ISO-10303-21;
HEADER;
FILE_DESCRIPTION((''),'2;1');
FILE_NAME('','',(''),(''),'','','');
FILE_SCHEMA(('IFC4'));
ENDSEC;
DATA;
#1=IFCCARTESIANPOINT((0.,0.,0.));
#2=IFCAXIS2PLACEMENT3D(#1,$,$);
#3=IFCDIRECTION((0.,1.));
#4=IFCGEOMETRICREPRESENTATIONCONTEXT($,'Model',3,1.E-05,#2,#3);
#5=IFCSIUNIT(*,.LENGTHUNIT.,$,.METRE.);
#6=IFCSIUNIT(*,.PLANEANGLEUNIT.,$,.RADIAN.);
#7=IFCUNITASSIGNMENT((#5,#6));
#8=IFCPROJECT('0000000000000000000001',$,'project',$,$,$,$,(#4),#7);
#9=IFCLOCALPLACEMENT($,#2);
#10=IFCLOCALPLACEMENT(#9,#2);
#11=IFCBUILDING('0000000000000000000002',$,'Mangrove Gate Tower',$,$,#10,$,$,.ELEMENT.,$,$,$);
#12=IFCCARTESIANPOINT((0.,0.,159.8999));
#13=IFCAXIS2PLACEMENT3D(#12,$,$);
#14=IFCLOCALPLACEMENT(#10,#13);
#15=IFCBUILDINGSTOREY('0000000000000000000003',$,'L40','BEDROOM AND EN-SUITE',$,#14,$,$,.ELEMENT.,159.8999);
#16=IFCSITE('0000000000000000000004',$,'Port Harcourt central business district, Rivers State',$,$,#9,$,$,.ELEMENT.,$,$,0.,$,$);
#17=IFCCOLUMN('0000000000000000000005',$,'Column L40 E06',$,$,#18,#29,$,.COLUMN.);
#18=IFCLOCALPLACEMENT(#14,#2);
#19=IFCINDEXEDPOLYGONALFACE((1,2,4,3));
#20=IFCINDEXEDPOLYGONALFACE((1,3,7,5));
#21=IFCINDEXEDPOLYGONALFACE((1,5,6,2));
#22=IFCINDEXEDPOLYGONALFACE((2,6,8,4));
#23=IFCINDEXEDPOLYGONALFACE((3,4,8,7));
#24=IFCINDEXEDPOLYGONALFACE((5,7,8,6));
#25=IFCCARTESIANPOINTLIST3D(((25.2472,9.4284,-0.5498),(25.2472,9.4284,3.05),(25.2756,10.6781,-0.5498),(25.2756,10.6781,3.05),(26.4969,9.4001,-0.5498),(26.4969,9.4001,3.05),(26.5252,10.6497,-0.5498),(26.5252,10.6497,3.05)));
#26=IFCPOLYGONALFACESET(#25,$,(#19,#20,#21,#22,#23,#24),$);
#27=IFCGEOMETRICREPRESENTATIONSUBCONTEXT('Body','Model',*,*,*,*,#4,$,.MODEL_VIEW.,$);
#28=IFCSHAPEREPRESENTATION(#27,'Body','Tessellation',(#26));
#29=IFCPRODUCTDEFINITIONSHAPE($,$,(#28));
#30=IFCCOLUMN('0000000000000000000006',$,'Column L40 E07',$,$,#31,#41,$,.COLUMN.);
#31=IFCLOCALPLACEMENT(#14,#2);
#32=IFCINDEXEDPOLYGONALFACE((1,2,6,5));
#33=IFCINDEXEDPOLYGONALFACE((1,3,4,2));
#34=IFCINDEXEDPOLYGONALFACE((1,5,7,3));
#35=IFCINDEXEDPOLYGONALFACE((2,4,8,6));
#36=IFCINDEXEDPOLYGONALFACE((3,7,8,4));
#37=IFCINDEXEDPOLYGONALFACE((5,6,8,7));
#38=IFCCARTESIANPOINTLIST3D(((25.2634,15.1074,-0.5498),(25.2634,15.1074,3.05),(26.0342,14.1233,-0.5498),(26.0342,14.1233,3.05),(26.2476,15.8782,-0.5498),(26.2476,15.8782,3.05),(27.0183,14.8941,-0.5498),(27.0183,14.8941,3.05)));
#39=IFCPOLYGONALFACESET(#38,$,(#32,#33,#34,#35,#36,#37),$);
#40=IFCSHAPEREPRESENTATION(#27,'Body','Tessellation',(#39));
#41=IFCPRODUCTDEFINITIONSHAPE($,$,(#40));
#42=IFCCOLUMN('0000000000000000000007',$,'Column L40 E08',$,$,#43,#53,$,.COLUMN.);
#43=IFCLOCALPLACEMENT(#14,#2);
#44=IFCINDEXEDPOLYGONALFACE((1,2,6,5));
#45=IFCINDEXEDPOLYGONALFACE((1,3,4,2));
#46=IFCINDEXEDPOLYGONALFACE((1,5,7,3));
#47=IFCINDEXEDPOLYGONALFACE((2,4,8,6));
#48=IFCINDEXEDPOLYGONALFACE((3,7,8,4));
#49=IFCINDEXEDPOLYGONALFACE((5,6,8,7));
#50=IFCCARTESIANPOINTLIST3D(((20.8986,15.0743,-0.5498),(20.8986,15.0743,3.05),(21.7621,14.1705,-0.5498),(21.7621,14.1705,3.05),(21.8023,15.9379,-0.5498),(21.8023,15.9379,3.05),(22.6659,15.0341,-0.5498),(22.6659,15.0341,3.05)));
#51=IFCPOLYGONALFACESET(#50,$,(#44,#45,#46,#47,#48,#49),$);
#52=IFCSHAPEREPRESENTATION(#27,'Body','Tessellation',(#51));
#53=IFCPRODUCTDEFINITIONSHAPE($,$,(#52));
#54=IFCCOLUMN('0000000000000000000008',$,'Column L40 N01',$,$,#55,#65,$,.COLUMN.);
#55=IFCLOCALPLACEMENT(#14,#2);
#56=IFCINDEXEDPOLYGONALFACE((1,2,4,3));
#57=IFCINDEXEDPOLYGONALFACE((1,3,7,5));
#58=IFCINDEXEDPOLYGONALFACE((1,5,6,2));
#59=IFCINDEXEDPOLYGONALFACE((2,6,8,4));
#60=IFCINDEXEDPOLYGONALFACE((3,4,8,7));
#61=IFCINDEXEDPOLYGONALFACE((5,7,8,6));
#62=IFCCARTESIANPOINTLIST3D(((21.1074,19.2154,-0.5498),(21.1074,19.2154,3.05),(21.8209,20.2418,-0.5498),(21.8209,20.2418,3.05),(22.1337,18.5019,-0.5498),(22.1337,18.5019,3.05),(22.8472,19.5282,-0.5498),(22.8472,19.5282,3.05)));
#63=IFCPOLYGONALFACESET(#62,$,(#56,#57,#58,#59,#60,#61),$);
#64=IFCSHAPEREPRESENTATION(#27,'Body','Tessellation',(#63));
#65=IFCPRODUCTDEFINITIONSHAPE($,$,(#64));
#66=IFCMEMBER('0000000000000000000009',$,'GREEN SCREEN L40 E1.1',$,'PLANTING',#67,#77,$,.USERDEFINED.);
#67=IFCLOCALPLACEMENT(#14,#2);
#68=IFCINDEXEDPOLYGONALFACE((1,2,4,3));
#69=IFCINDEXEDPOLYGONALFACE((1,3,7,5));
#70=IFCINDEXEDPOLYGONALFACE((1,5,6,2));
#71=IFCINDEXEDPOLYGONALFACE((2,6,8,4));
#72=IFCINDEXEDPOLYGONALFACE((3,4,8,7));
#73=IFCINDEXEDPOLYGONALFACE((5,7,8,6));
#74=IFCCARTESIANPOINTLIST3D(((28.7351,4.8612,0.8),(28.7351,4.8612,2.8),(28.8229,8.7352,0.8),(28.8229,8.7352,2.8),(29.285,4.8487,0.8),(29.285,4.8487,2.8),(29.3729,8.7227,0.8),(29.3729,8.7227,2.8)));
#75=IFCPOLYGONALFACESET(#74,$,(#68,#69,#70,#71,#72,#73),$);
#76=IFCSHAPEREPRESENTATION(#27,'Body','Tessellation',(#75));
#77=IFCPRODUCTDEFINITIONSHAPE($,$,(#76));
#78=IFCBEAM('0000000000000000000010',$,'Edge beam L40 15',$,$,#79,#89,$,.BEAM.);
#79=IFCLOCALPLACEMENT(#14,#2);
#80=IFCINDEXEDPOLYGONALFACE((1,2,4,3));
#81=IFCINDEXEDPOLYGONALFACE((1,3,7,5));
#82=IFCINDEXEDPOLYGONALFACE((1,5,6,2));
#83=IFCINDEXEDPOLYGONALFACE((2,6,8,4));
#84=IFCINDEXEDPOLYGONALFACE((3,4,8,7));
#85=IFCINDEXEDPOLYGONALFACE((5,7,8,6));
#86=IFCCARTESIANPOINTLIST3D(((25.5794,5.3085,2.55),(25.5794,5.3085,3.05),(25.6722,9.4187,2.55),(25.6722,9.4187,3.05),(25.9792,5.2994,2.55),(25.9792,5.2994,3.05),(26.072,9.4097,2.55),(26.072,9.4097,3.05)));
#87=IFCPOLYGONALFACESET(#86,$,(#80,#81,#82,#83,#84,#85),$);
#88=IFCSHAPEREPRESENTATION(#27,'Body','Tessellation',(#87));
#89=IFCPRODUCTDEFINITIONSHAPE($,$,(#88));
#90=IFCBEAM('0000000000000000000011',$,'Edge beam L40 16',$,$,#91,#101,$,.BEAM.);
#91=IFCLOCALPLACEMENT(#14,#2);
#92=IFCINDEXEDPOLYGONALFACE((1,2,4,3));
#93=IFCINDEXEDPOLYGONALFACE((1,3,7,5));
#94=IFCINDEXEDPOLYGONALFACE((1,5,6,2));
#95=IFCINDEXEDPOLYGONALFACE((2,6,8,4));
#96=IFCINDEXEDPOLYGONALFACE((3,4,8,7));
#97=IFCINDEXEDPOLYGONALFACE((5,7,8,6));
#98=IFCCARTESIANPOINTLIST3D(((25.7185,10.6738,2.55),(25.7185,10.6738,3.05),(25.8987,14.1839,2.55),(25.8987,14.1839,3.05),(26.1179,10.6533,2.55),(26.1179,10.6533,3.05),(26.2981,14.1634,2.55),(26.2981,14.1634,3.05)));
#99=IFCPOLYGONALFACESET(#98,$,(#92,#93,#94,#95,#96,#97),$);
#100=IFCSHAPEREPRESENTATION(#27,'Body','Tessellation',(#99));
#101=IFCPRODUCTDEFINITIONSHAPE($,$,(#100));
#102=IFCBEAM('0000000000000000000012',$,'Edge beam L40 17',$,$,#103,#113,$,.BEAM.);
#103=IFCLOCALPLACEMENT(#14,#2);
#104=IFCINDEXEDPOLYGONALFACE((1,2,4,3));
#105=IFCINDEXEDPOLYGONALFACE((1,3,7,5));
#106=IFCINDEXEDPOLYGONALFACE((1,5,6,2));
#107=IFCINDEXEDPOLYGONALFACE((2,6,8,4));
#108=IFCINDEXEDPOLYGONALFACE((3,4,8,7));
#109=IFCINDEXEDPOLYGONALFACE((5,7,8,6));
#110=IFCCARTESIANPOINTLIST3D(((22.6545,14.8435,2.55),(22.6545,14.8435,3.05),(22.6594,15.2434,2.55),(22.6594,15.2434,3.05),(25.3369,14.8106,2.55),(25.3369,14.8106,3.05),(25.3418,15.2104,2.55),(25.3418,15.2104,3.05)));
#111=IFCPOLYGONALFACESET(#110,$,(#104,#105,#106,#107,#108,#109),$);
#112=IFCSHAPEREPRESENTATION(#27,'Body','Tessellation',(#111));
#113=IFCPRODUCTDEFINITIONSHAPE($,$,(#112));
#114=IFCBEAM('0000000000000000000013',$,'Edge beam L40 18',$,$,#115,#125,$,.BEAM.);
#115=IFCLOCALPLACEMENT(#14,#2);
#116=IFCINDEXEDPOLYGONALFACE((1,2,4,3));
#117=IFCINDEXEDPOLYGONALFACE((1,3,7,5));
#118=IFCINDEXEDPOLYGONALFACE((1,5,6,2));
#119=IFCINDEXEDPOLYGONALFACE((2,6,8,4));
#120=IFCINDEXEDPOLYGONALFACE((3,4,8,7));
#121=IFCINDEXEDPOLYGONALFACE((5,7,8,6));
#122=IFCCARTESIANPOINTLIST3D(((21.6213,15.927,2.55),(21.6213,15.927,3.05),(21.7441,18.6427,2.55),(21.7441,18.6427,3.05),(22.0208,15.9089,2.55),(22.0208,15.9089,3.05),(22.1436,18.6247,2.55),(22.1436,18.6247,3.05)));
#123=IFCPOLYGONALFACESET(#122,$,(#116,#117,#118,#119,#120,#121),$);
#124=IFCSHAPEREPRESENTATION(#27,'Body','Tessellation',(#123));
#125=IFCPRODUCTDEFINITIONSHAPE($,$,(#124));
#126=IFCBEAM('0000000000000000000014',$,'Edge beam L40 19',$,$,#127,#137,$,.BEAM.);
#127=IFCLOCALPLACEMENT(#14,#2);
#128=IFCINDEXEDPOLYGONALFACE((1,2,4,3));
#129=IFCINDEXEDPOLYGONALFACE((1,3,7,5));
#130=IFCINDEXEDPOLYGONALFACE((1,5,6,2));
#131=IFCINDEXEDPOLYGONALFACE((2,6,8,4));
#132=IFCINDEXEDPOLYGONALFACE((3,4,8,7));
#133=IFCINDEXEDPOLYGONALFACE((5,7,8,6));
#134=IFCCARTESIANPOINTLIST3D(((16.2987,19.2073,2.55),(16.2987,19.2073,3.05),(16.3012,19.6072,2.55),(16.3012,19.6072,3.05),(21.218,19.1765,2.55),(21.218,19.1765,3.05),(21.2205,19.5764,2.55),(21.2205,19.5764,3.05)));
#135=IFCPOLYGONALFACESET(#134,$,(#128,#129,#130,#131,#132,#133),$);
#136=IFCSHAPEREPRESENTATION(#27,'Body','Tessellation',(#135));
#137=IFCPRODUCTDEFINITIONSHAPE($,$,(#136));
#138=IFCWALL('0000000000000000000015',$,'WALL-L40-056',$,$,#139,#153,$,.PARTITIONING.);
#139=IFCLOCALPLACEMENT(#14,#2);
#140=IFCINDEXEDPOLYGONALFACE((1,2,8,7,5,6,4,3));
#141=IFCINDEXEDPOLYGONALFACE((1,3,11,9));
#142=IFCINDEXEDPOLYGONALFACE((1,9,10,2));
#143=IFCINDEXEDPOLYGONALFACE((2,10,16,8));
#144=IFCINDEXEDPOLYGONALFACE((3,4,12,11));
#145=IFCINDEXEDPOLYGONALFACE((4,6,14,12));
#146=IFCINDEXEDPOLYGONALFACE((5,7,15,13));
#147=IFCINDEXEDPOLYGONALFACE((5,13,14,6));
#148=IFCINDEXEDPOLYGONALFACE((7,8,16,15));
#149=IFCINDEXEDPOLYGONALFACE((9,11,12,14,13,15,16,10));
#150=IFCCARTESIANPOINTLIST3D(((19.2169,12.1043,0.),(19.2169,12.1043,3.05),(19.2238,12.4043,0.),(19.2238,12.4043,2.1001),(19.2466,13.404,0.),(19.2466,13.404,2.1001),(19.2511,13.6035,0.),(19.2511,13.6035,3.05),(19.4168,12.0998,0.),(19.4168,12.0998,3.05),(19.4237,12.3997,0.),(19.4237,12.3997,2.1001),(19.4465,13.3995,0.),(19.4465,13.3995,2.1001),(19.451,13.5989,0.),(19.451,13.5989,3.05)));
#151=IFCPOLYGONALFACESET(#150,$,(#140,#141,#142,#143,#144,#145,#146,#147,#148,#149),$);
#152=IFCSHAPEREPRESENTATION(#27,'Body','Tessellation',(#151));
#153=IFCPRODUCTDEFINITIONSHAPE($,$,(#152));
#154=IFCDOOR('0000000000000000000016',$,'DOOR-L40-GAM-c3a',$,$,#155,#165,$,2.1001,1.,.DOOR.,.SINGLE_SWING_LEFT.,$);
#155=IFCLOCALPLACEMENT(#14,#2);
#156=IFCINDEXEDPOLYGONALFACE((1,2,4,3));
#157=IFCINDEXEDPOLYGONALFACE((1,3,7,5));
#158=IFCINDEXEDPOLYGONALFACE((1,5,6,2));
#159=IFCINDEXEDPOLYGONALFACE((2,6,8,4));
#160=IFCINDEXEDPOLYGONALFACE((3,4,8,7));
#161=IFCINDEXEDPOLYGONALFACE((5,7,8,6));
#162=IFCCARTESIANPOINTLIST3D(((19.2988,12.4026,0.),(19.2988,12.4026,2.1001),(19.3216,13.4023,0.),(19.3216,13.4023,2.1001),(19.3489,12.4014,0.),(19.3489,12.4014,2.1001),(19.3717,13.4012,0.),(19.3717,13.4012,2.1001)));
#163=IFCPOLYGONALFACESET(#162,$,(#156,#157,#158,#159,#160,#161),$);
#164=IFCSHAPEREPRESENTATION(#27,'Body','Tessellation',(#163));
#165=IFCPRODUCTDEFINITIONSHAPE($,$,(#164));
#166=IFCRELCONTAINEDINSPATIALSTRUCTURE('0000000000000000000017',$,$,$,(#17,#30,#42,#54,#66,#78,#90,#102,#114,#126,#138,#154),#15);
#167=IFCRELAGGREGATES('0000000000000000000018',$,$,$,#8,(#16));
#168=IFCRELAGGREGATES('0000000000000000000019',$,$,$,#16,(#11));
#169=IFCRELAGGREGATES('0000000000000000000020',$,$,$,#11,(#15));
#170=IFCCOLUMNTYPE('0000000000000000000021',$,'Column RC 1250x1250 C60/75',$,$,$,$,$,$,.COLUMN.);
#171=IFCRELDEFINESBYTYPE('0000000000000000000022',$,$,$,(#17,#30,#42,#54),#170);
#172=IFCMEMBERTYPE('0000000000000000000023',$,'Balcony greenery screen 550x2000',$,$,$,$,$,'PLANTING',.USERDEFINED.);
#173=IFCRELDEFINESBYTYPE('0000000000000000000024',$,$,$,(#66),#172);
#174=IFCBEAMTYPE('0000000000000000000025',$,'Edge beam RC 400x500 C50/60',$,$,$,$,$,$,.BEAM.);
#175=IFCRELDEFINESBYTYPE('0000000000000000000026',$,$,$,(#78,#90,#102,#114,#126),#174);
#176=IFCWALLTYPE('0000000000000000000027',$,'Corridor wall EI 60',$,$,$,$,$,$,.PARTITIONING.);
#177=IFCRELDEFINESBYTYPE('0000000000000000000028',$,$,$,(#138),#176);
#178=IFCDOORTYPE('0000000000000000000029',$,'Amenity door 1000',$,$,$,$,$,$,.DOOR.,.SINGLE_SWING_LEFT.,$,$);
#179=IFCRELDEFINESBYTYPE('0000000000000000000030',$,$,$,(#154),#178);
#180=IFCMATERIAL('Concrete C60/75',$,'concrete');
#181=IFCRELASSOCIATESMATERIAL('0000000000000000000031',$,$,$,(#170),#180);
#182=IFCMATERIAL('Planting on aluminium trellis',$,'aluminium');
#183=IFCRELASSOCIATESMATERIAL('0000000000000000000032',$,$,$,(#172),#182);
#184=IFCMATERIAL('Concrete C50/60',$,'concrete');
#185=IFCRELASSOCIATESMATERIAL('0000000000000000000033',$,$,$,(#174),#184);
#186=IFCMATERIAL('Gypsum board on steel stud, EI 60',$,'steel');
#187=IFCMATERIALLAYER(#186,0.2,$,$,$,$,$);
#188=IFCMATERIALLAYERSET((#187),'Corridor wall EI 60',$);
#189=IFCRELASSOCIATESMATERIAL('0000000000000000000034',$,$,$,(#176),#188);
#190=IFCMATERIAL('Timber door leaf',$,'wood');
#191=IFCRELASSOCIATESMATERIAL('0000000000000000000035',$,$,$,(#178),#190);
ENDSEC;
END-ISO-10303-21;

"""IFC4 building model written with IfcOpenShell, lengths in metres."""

from ifc_helpers import new_model, si_unit, direction, frame, frame_2d, origin, origin_2d, place, context, subcontext, project, spatial, rectangle, extrude, material, layer, layer_set, material_profile, profile_set, type_object, element, fill, save


model = new_model("IFC4")

# Units and contexts
model_context = context("Model", 3, precision=1e-05, world=origin(), true_north=direction((0.0, 1.0)))
body_context = subcontext(model_context, "Body", "Model", "MODEL_VIEW")
ifc_project = project(units=[si_unit("LENGTHUNIT", "METRE"), si_unit("PLANEANGLEUNIT", "RADIAN")], contexts=[model_context])

# Site, building, storey
site_placement = place(None, origin())
site = spatial("IfcSite", under=ifc_project, at=site_placement, Name="Port Harcourt central business district, Rivers State", CompositionType="ELEMENT", RefElevation=0.0)
building_placement = place(site_placement, origin())
building = spatial("IfcBuilding", under=site, at=building_placement, Name="Mangrove Gate Tower", CompositionType="ELEMENT")
storey_placement = place(building_placement, frame((0.0, 0.0, 159.8999)))
storey = spatial("IfcBuildingStorey", under=building, at=storey_placement, Name="L40", Description="BEDROOM AND EN-SUITE", CompositionType="ELEMENT", Elevation=159.8999)

# Columns
ifc_material_1 = material(Name="Concrete C60/75", Category="concrete")
ifc_material_profile_1 = material_profile(ifc_material_1, rectangle(XDim=1.25, YDim=1.25, at=origin_2d()))
ifc_profile_set_1 = profile_set([ifc_material_profile_1], Name="Concrete C60/75")
column_type = type_object("IfcColumnType", Name="Column RC 1250x1250 C60/75", PredefinedType="COLUMN", material=ifc_profile_set_1)
for number, where, z_axis, x_axis, name in (
    (1, (25.8862, 10.0391, -0.5498), (0.0, 0.0, 1.0), (0.02266, 0.999743, 0.0), "Column L40 E06"),
    (2, (26.1409, 15.0007, -0.5498), (0.0, 0.0, 1.0), (-0.616592, 0.787283, 0.0), "Column L40 E07"),
    (3, (21.7822, 15.0542, -0.5498), (0.0, 0.0, 1.0), (-0.690854, 0.722994, 0.0), "Column L40 E08"),
    (4, (21.9773, 19.3718, -0.5498), (0.0, 0.0, 1.0), (-0.821084, 0.570807, 0.0), "Column L40 N01"),
):
    element("IfcColumn", number, at=place(storey_placement, frame(where, z_axis=z_axis, x_axis=x_axis)), inside=storey, type_object=column_type, Name=name, PredefinedType="COLUMN", context=body_context, shape_type="SweptSolid", body=[
        extrude(rectangle(XDim=1.25, YDim=1.25, at=origin_2d()), origin(), (0.0, 0.0, 1.0), 3.5999),
    ])

# Member
ifc_material_2 = material(Name="Planting on aluminium trellis", Category="aluminium")
ifc_material_profile_2 = material_profile(ifc_material_2, rectangle(XDim=0.55, YDim=2.0, at=origin_2d()))
ifc_profile_set_2 = profile_set([ifc_material_profile_2], Name="Planting on aluminium trellis")
member_type = type_object("IfcMemberType", Name="Balcony greenery screen 550x2000", ElementType="PLANTING", PredefinedType="USERDEFINED", material=ifc_profile_set_2)
member_placement = place(storey_placement, frame((29.01, 4.855, 1.8), z_axis=(0.022681, 0.999743, 0.0), x_axis=(-0.999743, 0.022681, 0.0)))
element("IfcMember", 5, at=member_placement, inside=storey, type_object=member_type, Name="GREEN SCREEN L40 E1.1", ObjectType="PLANTING", PredefinedType="USERDEFINED", context=body_context, shape_type="SweptSolid", body=[
    extrude(rectangle(XDim=0.55, YDim=2.0, at=origin_2d()), origin(), (0.0, 0.0, 1.0), 3.875),
])

# Beams
ifc_material_3 = material(Name="Concrete C50/60", Category="concrete")
ifc_material_profile_3 = material_profile(ifc_material_3, rectangle(XDim=0.3999, YDim=0.5, at=origin_2d()))
ifc_profile_set_3 = profile_set([ifc_material_profile_3], Name="Concrete C50/60")
beam_type = type_object("IfcBeamType", Name="Edge beam RC 400x500 C50/60", PredefinedType="BEAM", material=ifc_profile_set_3)
beam_1_placement = place(storey_placement, frame((25.7793, 5.304, 2.8), z_axis=(0.022565, 0.999745, 0.0), x_axis=(-0.999745, 0.022565, 0.0)))
element("IfcBeam", 6, at=beam_1_placement, inside=storey, type_object=beam_type, Name="Edge beam L40 15", PredefinedType="BEAM", context=body_context, shape_type="SweptSolid", body=[
    extrude(rectangle(XDim=0.3999, YDim=0.5, at=origin_2d()), origin(), (0.0, 0.0, 1.0), 4.1113),
])
beam_2_placement = place(storey_placement, frame((25.9182, 10.6636, 2.8), z_axis=(0.051264, 0.998685, 0.0), x_axis=(-0.998685, 0.051264, 0.0)))
element("IfcBeam", 7, at=beam_2_placement, inside=storey, type_object=beam_type, Name="Edge beam L40 16", PredefinedType="BEAM", context=body_context, shape_type="SweptSolid", body=[
    extrude(rectangle(XDim=0.3999, YDim=0.5, at=origin_2d()), origin(), (0.0, 0.0, 1.0), 3.5146),
])
beam_3_placement = place(storey_placement, frame((25.3394, 15.0105, 2.8), z_axis=(-0.999925, 0.012286, 0.0), x_axis=(-0.012286, -0.999925, 0.0)))
element("IfcBeam", 8, at=beam_3_placement, inside=storey, type_object=beam_type, Name="Edge beam L40 17", PredefinedType="BEAM", context=body_context, shape_type="SweptSolid", body=[
    extrude(rectangle(XDim=0.3999, YDim=0.5, at=origin_2d()), origin(), (0.0, 0.0, 1.0), 2.6826),
])
beam_4_placement = place(storey_placement, frame((21.821, 15.918, 2.8), z_axis=(0.045171, 0.998979, 0.0), x_axis=(-0.998979, 0.045171, 0.0)))
element("IfcBeam", 9, at=beam_4_placement, inside=storey, type_object=beam_type, Name="Edge beam L40 18", PredefinedType="BEAM", context=body_context, shape_type="SweptSolid", body=[
    extrude(rectangle(XDim=0.3999, YDim=0.5, at=origin_2d()), origin(), (0.0, 0.0, 1.0), 2.7185),
])
beam_5_placement = place(storey_placement, frame((21.2192, 19.3765, 2.8), z_axis=(-0.99998, 0.006253, 0.0), x_axis=(-0.006253, -0.99998, 0.0)))
element("IfcBeam", 10, at=beam_5_placement, inside=storey, type_object=beam_type, Name="Edge beam L40 19", PredefinedType="BEAM", context=body_context, shape_type="SweptSolid", body=[
    extrude(rectangle(XDim=0.3999, YDim=0.5, at=origin_2d()), origin(), (0.0, 0.0, 1.0), 4.9194),
])

# Wall, opening, door
ifc_material_4 = material(Name="Gypsum board on steel stud, EI 60", Category="steel")
ifc_layer_1 = layer(ifc_material_4, 0.2)
ifc_layer_set_1 = layer_set([ifc_layer_1], Name="Corridor wall EI 60")
wall_type_1 = type_object("IfcWallType", Name="Corridor wall EI 60", PredefinedType="PARTITIONING", material=ifc_layer_set_1)
wall_1_placement = place(storey_placement, frame((19.3169, 12.1021, 0.0), z_axis=(0.0, 0.0, 1.0), x_axis=(0.022795, 0.99974, 0.0)))
wall_1 = element("IfcWall", 11, at=wall_1_placement, inside=storey, type_object=wall_type_1, Name="WALL-L40-056", PredefinedType="PARTITIONING", context=body_context, shape_type="SweptSolid", body=[
    extrude(rectangle(XDim=1.4995, YDim=0.2, at=frame_2d((0.7498, 0.0))), origin(), (0.0, 0.0, 1.0), 3.05),
])
opening_1_placement = place(wall_1_placement, frame((0.3, 0.0, 0.0)))
opening_1 = element("IfcOpeningElement", 12, at=opening_1_placement, cuts=wall_1, PredefinedType="OPENING", context=body_context, shape_type="SweptSolid", body=[
    extrude(rectangle(XDim=1.0, YDim=2.1001, at=frame_2d((0.5, 1.05))), frame((0.0, 0.1099, 0.0), z_axis=(0.0, -1.0, 0.0), x_axis=(1.0, 0.0, 0.0)), (0.0, 0.0, 1.0), 0.22),
])
ifc_material_5 = material(Name="Timber door leaf", Category="wood")
door_type_1 = type_object("IfcDoorType", Name="Amenity door 1000", OperationType="SINGLE_SWING_LEFT", PredefinedType="DOOR", material=ifc_material_5)
door_1_placement = place(opening_1_placement, origin())
door_1 = element("IfcDoor", 13, at=door_1_placement, inside=storey, type_object=door_type_1, Name="DOOR-L40-GAM-c3a", OperationType="SINGLE_SWING_LEFT", OverallHeight=2.1001, OverallWidth=1.0, PredefinedType="DOOR", context=body_context, shape_type="SweptSolid", body=[
    extrude(rectangle(XDim=1.0, YDim=2.1001, at=frame_2d((0.5, 1.05))), frame((0.0, 0.0249, 0.0), z_axis=(0.0, -1.0, 0.0), x_axis=(1.0, 0.0, 0.0)), (0.0, 0.0, 1.0), 0.05),
])
fill(opening_1, door_1)

save(model, "model.ifc")
